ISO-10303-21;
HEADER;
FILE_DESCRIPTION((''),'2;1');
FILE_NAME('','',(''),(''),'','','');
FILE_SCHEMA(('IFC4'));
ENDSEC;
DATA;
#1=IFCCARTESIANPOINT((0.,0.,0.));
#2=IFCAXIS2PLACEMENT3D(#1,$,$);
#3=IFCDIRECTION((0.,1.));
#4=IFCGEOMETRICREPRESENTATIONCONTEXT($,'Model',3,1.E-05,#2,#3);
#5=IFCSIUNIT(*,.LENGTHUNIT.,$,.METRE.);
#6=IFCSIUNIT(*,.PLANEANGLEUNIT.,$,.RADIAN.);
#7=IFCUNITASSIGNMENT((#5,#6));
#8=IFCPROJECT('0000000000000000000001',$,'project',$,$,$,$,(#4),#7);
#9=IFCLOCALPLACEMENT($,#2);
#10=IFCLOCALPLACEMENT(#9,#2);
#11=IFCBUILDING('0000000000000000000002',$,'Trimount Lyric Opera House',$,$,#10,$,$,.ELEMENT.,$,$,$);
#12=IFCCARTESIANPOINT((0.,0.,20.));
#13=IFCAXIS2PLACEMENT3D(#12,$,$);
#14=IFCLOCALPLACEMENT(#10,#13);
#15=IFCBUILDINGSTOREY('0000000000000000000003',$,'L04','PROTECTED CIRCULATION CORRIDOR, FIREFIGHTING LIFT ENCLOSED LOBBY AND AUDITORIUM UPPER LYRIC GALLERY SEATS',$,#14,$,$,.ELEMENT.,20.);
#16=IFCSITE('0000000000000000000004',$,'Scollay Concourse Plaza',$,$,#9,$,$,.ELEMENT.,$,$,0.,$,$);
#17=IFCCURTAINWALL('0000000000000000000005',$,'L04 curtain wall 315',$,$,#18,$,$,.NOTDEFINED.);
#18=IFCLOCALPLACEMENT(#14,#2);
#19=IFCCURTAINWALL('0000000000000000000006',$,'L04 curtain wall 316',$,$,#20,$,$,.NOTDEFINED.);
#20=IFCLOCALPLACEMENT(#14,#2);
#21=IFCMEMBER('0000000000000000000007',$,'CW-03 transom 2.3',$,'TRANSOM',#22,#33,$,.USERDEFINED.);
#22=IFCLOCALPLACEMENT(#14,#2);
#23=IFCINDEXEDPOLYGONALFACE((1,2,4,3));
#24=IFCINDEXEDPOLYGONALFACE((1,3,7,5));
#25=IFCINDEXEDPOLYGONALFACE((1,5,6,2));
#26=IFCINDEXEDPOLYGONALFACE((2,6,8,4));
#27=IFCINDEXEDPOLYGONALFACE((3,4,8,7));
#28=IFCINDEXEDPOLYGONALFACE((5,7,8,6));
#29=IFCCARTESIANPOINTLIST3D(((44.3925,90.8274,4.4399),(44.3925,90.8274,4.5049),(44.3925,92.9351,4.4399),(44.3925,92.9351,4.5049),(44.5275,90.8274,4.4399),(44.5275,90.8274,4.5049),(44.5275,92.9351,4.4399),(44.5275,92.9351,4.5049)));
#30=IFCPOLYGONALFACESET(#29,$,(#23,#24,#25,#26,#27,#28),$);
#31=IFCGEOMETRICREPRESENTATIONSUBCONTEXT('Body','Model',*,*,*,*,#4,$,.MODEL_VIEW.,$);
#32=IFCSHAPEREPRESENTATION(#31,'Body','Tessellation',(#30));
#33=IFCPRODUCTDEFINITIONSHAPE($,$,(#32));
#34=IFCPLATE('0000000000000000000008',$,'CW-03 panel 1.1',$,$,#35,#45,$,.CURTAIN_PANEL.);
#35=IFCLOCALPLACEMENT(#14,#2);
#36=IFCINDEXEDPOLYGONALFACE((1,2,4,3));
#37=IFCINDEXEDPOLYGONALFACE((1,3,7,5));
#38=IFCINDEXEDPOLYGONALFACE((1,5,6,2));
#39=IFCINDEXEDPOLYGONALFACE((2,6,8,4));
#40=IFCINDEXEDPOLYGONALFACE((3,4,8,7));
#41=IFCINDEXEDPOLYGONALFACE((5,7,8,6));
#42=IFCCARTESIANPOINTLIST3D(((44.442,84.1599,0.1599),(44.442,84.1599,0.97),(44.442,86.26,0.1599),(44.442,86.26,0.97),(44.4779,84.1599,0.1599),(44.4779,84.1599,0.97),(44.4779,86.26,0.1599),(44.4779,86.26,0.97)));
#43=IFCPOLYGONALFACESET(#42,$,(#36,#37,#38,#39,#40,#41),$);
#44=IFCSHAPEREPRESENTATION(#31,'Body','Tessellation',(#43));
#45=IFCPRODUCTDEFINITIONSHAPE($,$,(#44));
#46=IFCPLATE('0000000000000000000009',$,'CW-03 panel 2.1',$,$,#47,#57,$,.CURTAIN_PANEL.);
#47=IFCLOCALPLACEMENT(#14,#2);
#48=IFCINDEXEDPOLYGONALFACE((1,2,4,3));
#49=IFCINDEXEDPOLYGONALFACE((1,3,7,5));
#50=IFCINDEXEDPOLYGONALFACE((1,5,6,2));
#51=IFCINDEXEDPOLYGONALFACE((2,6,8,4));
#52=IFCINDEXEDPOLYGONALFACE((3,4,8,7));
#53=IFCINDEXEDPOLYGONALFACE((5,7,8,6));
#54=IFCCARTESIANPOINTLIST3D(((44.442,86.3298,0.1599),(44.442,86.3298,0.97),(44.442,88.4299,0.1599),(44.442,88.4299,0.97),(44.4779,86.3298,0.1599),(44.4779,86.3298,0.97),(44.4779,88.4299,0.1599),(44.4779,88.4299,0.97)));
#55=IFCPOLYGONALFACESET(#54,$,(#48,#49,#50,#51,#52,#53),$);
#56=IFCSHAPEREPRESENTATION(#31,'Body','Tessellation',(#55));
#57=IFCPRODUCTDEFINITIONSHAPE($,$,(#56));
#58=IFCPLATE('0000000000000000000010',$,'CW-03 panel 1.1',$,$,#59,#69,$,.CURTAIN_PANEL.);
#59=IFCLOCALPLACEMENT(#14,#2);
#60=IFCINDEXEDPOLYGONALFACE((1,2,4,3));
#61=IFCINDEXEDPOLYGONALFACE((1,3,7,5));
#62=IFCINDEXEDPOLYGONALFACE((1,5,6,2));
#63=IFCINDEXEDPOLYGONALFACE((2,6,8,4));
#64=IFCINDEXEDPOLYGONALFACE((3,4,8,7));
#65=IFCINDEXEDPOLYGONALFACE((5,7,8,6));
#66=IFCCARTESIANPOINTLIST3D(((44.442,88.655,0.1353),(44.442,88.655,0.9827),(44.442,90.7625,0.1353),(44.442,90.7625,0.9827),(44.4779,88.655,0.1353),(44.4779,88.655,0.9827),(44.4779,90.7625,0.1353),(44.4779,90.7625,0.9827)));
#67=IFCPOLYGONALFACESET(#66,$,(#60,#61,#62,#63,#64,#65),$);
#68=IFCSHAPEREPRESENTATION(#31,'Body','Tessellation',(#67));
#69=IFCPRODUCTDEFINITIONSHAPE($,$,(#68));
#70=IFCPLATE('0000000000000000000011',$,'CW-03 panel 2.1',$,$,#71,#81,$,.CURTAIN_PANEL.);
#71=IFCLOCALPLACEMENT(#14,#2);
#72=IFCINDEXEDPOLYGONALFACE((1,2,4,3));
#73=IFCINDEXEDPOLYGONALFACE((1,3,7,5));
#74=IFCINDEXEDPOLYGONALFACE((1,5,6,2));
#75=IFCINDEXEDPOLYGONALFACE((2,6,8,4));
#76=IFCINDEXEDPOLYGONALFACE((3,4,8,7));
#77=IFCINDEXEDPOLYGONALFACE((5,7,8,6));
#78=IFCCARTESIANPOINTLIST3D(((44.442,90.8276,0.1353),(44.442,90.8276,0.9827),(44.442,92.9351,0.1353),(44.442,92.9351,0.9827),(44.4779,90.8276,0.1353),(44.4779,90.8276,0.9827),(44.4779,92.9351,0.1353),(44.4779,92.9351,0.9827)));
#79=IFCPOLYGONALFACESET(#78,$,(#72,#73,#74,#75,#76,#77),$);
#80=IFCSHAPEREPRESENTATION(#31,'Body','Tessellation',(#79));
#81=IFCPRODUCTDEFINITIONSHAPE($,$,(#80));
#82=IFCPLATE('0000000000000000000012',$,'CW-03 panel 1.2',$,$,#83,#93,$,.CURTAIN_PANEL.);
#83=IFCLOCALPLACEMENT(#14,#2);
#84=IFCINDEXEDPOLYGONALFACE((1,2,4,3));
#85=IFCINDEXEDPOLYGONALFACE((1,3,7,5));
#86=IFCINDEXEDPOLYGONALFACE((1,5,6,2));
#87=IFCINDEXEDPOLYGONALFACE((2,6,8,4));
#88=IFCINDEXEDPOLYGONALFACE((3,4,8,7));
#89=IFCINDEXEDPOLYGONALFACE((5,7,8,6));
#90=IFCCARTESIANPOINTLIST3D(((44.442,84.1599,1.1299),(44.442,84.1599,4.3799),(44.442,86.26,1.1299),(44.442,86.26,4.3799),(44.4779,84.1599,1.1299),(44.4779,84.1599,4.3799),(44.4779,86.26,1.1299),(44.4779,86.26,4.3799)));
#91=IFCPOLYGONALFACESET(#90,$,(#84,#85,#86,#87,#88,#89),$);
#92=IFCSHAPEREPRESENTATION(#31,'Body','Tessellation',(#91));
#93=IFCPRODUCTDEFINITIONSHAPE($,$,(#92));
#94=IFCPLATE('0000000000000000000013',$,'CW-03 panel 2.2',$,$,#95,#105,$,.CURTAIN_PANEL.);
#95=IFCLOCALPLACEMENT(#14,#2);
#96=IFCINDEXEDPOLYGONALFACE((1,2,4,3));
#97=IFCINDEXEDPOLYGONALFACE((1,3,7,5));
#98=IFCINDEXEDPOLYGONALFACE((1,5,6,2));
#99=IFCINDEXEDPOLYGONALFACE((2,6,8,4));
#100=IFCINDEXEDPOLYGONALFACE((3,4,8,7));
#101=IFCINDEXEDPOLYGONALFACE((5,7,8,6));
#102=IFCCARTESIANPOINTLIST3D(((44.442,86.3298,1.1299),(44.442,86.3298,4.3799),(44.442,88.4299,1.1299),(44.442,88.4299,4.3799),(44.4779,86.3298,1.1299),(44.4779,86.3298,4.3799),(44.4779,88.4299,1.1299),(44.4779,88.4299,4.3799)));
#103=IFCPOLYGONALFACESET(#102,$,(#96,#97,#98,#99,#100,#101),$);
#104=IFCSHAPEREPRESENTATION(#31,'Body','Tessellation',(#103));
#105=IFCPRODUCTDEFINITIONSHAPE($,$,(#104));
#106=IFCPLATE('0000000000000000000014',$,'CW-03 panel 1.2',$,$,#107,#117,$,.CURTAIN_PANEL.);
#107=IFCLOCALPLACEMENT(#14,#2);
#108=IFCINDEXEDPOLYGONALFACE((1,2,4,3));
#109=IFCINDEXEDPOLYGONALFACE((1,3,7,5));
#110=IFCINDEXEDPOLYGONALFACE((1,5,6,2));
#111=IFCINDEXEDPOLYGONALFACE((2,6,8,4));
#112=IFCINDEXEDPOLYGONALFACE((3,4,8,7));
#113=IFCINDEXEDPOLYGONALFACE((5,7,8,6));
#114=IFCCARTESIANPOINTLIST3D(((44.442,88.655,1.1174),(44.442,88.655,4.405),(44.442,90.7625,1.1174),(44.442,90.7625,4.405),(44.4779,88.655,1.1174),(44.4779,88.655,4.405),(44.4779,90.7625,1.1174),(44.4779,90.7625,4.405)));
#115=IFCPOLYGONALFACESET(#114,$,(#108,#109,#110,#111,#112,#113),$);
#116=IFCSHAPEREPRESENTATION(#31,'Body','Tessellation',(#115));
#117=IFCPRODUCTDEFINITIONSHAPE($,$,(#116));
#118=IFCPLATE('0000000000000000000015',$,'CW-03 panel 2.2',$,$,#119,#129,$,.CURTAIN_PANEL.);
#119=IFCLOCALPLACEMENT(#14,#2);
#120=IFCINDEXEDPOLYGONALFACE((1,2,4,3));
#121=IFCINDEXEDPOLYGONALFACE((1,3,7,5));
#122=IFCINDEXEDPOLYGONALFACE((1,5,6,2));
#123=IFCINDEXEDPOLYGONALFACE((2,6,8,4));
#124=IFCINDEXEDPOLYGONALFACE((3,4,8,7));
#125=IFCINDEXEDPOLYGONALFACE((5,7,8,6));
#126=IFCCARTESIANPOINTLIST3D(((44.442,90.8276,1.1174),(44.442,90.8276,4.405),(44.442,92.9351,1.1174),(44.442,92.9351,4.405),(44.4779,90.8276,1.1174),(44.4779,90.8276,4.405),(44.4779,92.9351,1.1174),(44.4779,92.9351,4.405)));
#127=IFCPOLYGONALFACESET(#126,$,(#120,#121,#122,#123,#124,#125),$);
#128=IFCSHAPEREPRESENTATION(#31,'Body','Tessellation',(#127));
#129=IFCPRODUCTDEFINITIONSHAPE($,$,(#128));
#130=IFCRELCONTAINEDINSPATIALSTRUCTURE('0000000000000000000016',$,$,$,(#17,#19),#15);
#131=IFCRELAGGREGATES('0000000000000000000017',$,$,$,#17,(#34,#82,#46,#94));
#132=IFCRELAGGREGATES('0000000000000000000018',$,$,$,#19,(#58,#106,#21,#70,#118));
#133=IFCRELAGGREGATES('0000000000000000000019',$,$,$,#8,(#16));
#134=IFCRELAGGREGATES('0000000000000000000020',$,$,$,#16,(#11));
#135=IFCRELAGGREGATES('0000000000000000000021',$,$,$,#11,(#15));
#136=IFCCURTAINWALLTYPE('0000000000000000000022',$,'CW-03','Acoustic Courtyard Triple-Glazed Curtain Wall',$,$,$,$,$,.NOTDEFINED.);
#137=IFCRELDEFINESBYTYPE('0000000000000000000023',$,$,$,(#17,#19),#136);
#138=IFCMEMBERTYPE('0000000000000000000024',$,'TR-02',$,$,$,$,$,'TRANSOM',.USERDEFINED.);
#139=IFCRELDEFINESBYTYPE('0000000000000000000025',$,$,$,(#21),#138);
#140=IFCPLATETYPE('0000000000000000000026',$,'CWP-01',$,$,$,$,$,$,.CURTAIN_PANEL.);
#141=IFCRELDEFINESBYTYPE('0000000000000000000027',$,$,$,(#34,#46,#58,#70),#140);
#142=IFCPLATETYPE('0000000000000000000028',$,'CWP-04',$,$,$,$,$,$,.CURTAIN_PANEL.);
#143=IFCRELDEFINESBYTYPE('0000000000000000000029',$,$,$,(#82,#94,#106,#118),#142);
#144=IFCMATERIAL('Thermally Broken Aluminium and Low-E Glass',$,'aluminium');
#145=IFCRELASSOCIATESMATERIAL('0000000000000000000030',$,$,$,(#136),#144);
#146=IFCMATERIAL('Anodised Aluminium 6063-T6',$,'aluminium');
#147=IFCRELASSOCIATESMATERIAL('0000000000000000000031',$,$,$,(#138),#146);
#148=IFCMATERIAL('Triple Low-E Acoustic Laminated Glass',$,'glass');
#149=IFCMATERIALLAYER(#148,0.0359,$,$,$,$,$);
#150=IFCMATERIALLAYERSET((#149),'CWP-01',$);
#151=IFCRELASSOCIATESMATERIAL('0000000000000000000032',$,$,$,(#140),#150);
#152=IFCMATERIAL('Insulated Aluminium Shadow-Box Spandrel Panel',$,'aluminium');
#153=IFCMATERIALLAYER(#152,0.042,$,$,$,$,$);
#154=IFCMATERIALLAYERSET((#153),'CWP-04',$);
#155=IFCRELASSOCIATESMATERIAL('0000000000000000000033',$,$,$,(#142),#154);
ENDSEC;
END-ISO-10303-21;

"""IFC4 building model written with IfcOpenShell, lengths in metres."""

from ifc_helpers import new_model, si_unit, direction, frame, origin, origin_2d, place, context, subcontext, project, spatial, rectangle, extrude, material, layer, layer_set, material_profile, profile_set, type_object, element, aggregate, save


model = new_model("IFC4")

# Units and contexts
model_context = context("Model", 3, precision=1e-05, world=origin(), true_north=direction((0.0, 1.0)))
body_context = subcontext(model_context, "Body", "Model", "MODEL_VIEW")
ifc_project = project(units=[si_unit("LENGTHUNIT", "METRE"), si_unit("PLANEANGLEUNIT", "RADIAN")], contexts=[model_context])

# Site, building, storey
site_placement = place(None, origin())
site = spatial("IfcSite", under=ifc_project, at=site_placement, Name="Scollay Concourse Plaza", CompositionType="ELEMENT", RefElevation=0.0)
building_placement = place(site_placement, origin())
building = spatial("IfcBuilding", under=site, at=building_placement, Name="Trimount Lyric Opera House", CompositionType="ELEMENT")
storey_placement = place(building_placement, frame((0.0, 0.0, 20.0)))
storey = spatial("IfcBuildingStorey", under=building, at=storey_placement, Name="L04", Description="PROTECTED CIRCULATION CORRIDOR, FIREFIGHTING LIFT ENCLOSED LOBBY AND AUDITORIUM UPPER LYRIC GALLERY SEATS", CompositionType="ELEMENT", Elevation=20.0)

# Curtain walls
ifc_material_1 = material(Name="Thermally Broken Aluminium and Low-E Glass", Category="aluminium")
curtain_wall_type = type_object("IfcCurtainWallType", Name="CW-03", Description="Acoustic Courtyard Triple-Glazed Curtain Wall", PredefinedType="NOTDEFINED", material=ifc_material_1)
curtain_wall_1_placement = place(storey_placement, origin())
curtain_wall_1 = element("IfcCurtainWall", 1, at=curtain_wall_1_placement, inside=storey, type_object=curtain_wall_type, Name="L04 curtain wall 315", PredefinedType="NOTDEFINED")
curtain_wall_2_placement = place(storey_placement, origin())
curtain_wall_2 = element("IfcCurtainWall", 2, at=curtain_wall_2_placement, inside=storey, type_object=curtain_wall_type, Name="L04 curtain wall 316", PredefinedType="NOTDEFINED")

# Member
ifc_material_2 = material(Name="Anodised Aluminium 6063-T6", Category="aluminium")
ifc_material_profile_1 = material_profile(ifc_material_2, rectangle(XDim=0.135, YDim=0.0649, at=origin_2d()), Name="ALU-TRAN-65X135")
ifc_profile_set_1 = profile_set([ifc_material_profile_1], Name="Anodised Aluminium 6063-T6")
member_type_1 = type_object("IfcMemberType", Name="TR-02", ElementType="TRANSOM", PredefinedType="USERDEFINED", material=ifc_profile_set_1)
member_1_placement = place(storey_placement, frame((44.46, 90.8274, 4.4724), z_axis=(0.0, 1.0, 0.0), x_axis=(-1.0, 0.0, 0.0)))
member_1 = element("IfcMember", 3, at=member_1_placement, type_object=member_type_1, Name="CW-03 transom 2.3", ObjectType="TRANSOM", PredefinedType="USERDEFINED", context=body_context, shape_type="SweptSolid", body=[
    extrude(rectangle(XDim=0.135, YDim=0.0649, at=origin_2d()), origin(), (0.0, 0.0, 1.0), 2.1077),
])

# Plates
ifc_material_3 = material(Name="Triple Low-E Acoustic Laminated Glass", Category="glass")
ifc_layer_1 = layer(ifc_material_3, 0.0359)
ifc_layer_set_1 = layer_set([ifc_layer_1], Name="CWP-01")
plate_type_1 = type_object("IfcPlateType", Name="CWP-01", PredefinedType="CURTAIN_PANEL", material=ifc_layer_set_1)
plate_1_placement = place(storey_placement, frame((44.46, 85.21, 0.1599), z_axis=(0.0, 0.0, 1.0), x_axis=(0.0, 1.0, 0.0)))
plate_1 = element("IfcPlate", 4, at=plate_1_placement, type_object=plate_type_1, Name="CW-03 panel 1.1", PredefinedType="CURTAIN_PANEL", context=body_context, shape_type="SweptSolid", body=[
    extrude(rectangle(XDim=2.1001, YDim=0.0359, at=origin_2d()), origin(), (0.0, 0.0, 1.0), 0.8101),
])
plate_2_placement = place(storey_placement, frame((44.46, 87.3799, 0.1599), z_axis=(0.0, 0.0, 1.0), x_axis=(0.0, 1.0, 0.0)))
plate_2 = element("IfcPlate", 5, at=plate_2_placement, type_object=plate_type_1, Name="CW-03 panel 2.1", PredefinedType="CURTAIN_PANEL", context=body_context, shape_type="SweptSolid", body=[
    extrude(rectangle(XDim=2.1001, YDim=0.0359, at=origin_2d()), origin(), (0.0, 0.0, 1.0), 0.8101),
])
plate_3_placement = place(storey_placement, frame((44.46, 89.7087, 0.1353), z_axis=(0.0, 0.0, 1.0), x_axis=(0.0, 1.0, 0.0)))
plate_3 = element("IfcPlate", 6, at=plate_3_placement, type_object=plate_type_1, Name="CW-03 panel 1.1", PredefinedType="CURTAIN_PANEL", context=body_context, shape_type="SweptSolid", body=[
    extrude(rectangle(XDim=2.1074, YDim=0.0359, at=origin_2d()), origin(), (0.0, 0.0, 1.0), 0.8474),
])
plate_4_placement = place(storey_placement, frame((44.46, 91.8813, 0.1353), z_axis=(0.0, 0.0, 1.0), x_axis=(0.0, 1.0, 0.0)))
plate_4 = element("IfcPlate", 7, at=plate_4_placement, type_object=plate_type_1, Name="CW-03 panel 2.1", PredefinedType="CURTAIN_PANEL", context=body_context, shape_type="SweptSolid", body=[
    extrude(rectangle(XDim=2.1074, YDim=0.0359, at=origin_2d()), origin(), (0.0, 0.0, 1.0), 0.8474),
])
ifc_material_4 = material(Name="Insulated Aluminium Shadow-Box Spandrel Panel", Category="aluminium")
ifc_layer_2 = layer(ifc_material_4, 0.042)
ifc_layer_set_2 = layer_set([ifc_layer_2], Name="CWP-04")
plate_type_2 = type_object("IfcPlateType", Name="CWP-04", PredefinedType="CURTAIN_PANEL", material=ifc_layer_set_2)
plate_5_placement = place(storey_placement, frame((44.46, 85.21, 1.1299), z_axis=(0.0, 0.0, 1.0), x_axis=(0.0, 1.0, 0.0)))
plate_5 = element("IfcPlate", 8, at=plate_5_placement, type_object=plate_type_2, Name="CW-03 panel 1.2", PredefinedType="CURTAIN_PANEL", context=body_context, shape_type="SweptSolid", body=[
    extrude(rectangle(XDim=2.1001, YDim=0.0359, at=origin_2d()), origin(), (0.0, 0.0, 1.0), 3.25),
])
plate_6_placement = place(storey_placement, frame((44.46, 87.3799, 1.1299), z_axis=(0.0, 0.0, 1.0), x_axis=(0.0, 1.0, 0.0)))
plate_6 = element("IfcPlate", 9, at=plate_6_placement, type_object=plate_type_2, Name="CW-03 panel 2.2", PredefinedType="CURTAIN_PANEL", context=body_context, shape_type="SweptSolid", body=[
    extrude(rectangle(XDim=2.1001, YDim=0.0359, at=origin_2d()), origin(), (0.0, 0.0, 1.0), 3.25),
])
aggregate(curtain_wall_1, [plate_1, plate_5, plate_2, plate_6])
plate_7_placement = place(storey_placement, frame((44.46, 89.7087, 1.1174), z_axis=(0.0, 0.0, 1.0), x_axis=(0.0, 1.0, 0.0)))
plate_7 = element("IfcPlate", 10, at=plate_7_placement, type_object=plate_type_2, Name="CW-03 panel 1.2", PredefinedType="CURTAIN_PANEL", context=body_context, shape_type="SweptSolid", body=[
    extrude(rectangle(XDim=2.1074, YDim=0.0359, at=origin_2d()), origin(), (0.0, 0.0, 1.0), 3.2876),
])
plate_8_placement = place(storey_placement, frame((44.46, 91.8813, 1.1174), z_axis=(0.0, 0.0, 1.0), x_axis=(0.0, 1.0, 0.0)))
plate_8 = element("IfcPlate", 11, at=plate_8_placement, type_object=plate_type_2, Name="CW-03 panel 2.2", PredefinedType="CURTAIN_PANEL", context=body_context, shape_type="SweptSolid", body=[
    extrude(rectangle(XDim=2.1074, YDim=0.0359, at=origin_2d()), origin(), (0.0, 0.0, 1.0), 3.2876),
])
aggregate(curtain_wall_2, [plate_3, plate_7, member_1, plate_4, plate_8])

save(model, "model.ifc")
